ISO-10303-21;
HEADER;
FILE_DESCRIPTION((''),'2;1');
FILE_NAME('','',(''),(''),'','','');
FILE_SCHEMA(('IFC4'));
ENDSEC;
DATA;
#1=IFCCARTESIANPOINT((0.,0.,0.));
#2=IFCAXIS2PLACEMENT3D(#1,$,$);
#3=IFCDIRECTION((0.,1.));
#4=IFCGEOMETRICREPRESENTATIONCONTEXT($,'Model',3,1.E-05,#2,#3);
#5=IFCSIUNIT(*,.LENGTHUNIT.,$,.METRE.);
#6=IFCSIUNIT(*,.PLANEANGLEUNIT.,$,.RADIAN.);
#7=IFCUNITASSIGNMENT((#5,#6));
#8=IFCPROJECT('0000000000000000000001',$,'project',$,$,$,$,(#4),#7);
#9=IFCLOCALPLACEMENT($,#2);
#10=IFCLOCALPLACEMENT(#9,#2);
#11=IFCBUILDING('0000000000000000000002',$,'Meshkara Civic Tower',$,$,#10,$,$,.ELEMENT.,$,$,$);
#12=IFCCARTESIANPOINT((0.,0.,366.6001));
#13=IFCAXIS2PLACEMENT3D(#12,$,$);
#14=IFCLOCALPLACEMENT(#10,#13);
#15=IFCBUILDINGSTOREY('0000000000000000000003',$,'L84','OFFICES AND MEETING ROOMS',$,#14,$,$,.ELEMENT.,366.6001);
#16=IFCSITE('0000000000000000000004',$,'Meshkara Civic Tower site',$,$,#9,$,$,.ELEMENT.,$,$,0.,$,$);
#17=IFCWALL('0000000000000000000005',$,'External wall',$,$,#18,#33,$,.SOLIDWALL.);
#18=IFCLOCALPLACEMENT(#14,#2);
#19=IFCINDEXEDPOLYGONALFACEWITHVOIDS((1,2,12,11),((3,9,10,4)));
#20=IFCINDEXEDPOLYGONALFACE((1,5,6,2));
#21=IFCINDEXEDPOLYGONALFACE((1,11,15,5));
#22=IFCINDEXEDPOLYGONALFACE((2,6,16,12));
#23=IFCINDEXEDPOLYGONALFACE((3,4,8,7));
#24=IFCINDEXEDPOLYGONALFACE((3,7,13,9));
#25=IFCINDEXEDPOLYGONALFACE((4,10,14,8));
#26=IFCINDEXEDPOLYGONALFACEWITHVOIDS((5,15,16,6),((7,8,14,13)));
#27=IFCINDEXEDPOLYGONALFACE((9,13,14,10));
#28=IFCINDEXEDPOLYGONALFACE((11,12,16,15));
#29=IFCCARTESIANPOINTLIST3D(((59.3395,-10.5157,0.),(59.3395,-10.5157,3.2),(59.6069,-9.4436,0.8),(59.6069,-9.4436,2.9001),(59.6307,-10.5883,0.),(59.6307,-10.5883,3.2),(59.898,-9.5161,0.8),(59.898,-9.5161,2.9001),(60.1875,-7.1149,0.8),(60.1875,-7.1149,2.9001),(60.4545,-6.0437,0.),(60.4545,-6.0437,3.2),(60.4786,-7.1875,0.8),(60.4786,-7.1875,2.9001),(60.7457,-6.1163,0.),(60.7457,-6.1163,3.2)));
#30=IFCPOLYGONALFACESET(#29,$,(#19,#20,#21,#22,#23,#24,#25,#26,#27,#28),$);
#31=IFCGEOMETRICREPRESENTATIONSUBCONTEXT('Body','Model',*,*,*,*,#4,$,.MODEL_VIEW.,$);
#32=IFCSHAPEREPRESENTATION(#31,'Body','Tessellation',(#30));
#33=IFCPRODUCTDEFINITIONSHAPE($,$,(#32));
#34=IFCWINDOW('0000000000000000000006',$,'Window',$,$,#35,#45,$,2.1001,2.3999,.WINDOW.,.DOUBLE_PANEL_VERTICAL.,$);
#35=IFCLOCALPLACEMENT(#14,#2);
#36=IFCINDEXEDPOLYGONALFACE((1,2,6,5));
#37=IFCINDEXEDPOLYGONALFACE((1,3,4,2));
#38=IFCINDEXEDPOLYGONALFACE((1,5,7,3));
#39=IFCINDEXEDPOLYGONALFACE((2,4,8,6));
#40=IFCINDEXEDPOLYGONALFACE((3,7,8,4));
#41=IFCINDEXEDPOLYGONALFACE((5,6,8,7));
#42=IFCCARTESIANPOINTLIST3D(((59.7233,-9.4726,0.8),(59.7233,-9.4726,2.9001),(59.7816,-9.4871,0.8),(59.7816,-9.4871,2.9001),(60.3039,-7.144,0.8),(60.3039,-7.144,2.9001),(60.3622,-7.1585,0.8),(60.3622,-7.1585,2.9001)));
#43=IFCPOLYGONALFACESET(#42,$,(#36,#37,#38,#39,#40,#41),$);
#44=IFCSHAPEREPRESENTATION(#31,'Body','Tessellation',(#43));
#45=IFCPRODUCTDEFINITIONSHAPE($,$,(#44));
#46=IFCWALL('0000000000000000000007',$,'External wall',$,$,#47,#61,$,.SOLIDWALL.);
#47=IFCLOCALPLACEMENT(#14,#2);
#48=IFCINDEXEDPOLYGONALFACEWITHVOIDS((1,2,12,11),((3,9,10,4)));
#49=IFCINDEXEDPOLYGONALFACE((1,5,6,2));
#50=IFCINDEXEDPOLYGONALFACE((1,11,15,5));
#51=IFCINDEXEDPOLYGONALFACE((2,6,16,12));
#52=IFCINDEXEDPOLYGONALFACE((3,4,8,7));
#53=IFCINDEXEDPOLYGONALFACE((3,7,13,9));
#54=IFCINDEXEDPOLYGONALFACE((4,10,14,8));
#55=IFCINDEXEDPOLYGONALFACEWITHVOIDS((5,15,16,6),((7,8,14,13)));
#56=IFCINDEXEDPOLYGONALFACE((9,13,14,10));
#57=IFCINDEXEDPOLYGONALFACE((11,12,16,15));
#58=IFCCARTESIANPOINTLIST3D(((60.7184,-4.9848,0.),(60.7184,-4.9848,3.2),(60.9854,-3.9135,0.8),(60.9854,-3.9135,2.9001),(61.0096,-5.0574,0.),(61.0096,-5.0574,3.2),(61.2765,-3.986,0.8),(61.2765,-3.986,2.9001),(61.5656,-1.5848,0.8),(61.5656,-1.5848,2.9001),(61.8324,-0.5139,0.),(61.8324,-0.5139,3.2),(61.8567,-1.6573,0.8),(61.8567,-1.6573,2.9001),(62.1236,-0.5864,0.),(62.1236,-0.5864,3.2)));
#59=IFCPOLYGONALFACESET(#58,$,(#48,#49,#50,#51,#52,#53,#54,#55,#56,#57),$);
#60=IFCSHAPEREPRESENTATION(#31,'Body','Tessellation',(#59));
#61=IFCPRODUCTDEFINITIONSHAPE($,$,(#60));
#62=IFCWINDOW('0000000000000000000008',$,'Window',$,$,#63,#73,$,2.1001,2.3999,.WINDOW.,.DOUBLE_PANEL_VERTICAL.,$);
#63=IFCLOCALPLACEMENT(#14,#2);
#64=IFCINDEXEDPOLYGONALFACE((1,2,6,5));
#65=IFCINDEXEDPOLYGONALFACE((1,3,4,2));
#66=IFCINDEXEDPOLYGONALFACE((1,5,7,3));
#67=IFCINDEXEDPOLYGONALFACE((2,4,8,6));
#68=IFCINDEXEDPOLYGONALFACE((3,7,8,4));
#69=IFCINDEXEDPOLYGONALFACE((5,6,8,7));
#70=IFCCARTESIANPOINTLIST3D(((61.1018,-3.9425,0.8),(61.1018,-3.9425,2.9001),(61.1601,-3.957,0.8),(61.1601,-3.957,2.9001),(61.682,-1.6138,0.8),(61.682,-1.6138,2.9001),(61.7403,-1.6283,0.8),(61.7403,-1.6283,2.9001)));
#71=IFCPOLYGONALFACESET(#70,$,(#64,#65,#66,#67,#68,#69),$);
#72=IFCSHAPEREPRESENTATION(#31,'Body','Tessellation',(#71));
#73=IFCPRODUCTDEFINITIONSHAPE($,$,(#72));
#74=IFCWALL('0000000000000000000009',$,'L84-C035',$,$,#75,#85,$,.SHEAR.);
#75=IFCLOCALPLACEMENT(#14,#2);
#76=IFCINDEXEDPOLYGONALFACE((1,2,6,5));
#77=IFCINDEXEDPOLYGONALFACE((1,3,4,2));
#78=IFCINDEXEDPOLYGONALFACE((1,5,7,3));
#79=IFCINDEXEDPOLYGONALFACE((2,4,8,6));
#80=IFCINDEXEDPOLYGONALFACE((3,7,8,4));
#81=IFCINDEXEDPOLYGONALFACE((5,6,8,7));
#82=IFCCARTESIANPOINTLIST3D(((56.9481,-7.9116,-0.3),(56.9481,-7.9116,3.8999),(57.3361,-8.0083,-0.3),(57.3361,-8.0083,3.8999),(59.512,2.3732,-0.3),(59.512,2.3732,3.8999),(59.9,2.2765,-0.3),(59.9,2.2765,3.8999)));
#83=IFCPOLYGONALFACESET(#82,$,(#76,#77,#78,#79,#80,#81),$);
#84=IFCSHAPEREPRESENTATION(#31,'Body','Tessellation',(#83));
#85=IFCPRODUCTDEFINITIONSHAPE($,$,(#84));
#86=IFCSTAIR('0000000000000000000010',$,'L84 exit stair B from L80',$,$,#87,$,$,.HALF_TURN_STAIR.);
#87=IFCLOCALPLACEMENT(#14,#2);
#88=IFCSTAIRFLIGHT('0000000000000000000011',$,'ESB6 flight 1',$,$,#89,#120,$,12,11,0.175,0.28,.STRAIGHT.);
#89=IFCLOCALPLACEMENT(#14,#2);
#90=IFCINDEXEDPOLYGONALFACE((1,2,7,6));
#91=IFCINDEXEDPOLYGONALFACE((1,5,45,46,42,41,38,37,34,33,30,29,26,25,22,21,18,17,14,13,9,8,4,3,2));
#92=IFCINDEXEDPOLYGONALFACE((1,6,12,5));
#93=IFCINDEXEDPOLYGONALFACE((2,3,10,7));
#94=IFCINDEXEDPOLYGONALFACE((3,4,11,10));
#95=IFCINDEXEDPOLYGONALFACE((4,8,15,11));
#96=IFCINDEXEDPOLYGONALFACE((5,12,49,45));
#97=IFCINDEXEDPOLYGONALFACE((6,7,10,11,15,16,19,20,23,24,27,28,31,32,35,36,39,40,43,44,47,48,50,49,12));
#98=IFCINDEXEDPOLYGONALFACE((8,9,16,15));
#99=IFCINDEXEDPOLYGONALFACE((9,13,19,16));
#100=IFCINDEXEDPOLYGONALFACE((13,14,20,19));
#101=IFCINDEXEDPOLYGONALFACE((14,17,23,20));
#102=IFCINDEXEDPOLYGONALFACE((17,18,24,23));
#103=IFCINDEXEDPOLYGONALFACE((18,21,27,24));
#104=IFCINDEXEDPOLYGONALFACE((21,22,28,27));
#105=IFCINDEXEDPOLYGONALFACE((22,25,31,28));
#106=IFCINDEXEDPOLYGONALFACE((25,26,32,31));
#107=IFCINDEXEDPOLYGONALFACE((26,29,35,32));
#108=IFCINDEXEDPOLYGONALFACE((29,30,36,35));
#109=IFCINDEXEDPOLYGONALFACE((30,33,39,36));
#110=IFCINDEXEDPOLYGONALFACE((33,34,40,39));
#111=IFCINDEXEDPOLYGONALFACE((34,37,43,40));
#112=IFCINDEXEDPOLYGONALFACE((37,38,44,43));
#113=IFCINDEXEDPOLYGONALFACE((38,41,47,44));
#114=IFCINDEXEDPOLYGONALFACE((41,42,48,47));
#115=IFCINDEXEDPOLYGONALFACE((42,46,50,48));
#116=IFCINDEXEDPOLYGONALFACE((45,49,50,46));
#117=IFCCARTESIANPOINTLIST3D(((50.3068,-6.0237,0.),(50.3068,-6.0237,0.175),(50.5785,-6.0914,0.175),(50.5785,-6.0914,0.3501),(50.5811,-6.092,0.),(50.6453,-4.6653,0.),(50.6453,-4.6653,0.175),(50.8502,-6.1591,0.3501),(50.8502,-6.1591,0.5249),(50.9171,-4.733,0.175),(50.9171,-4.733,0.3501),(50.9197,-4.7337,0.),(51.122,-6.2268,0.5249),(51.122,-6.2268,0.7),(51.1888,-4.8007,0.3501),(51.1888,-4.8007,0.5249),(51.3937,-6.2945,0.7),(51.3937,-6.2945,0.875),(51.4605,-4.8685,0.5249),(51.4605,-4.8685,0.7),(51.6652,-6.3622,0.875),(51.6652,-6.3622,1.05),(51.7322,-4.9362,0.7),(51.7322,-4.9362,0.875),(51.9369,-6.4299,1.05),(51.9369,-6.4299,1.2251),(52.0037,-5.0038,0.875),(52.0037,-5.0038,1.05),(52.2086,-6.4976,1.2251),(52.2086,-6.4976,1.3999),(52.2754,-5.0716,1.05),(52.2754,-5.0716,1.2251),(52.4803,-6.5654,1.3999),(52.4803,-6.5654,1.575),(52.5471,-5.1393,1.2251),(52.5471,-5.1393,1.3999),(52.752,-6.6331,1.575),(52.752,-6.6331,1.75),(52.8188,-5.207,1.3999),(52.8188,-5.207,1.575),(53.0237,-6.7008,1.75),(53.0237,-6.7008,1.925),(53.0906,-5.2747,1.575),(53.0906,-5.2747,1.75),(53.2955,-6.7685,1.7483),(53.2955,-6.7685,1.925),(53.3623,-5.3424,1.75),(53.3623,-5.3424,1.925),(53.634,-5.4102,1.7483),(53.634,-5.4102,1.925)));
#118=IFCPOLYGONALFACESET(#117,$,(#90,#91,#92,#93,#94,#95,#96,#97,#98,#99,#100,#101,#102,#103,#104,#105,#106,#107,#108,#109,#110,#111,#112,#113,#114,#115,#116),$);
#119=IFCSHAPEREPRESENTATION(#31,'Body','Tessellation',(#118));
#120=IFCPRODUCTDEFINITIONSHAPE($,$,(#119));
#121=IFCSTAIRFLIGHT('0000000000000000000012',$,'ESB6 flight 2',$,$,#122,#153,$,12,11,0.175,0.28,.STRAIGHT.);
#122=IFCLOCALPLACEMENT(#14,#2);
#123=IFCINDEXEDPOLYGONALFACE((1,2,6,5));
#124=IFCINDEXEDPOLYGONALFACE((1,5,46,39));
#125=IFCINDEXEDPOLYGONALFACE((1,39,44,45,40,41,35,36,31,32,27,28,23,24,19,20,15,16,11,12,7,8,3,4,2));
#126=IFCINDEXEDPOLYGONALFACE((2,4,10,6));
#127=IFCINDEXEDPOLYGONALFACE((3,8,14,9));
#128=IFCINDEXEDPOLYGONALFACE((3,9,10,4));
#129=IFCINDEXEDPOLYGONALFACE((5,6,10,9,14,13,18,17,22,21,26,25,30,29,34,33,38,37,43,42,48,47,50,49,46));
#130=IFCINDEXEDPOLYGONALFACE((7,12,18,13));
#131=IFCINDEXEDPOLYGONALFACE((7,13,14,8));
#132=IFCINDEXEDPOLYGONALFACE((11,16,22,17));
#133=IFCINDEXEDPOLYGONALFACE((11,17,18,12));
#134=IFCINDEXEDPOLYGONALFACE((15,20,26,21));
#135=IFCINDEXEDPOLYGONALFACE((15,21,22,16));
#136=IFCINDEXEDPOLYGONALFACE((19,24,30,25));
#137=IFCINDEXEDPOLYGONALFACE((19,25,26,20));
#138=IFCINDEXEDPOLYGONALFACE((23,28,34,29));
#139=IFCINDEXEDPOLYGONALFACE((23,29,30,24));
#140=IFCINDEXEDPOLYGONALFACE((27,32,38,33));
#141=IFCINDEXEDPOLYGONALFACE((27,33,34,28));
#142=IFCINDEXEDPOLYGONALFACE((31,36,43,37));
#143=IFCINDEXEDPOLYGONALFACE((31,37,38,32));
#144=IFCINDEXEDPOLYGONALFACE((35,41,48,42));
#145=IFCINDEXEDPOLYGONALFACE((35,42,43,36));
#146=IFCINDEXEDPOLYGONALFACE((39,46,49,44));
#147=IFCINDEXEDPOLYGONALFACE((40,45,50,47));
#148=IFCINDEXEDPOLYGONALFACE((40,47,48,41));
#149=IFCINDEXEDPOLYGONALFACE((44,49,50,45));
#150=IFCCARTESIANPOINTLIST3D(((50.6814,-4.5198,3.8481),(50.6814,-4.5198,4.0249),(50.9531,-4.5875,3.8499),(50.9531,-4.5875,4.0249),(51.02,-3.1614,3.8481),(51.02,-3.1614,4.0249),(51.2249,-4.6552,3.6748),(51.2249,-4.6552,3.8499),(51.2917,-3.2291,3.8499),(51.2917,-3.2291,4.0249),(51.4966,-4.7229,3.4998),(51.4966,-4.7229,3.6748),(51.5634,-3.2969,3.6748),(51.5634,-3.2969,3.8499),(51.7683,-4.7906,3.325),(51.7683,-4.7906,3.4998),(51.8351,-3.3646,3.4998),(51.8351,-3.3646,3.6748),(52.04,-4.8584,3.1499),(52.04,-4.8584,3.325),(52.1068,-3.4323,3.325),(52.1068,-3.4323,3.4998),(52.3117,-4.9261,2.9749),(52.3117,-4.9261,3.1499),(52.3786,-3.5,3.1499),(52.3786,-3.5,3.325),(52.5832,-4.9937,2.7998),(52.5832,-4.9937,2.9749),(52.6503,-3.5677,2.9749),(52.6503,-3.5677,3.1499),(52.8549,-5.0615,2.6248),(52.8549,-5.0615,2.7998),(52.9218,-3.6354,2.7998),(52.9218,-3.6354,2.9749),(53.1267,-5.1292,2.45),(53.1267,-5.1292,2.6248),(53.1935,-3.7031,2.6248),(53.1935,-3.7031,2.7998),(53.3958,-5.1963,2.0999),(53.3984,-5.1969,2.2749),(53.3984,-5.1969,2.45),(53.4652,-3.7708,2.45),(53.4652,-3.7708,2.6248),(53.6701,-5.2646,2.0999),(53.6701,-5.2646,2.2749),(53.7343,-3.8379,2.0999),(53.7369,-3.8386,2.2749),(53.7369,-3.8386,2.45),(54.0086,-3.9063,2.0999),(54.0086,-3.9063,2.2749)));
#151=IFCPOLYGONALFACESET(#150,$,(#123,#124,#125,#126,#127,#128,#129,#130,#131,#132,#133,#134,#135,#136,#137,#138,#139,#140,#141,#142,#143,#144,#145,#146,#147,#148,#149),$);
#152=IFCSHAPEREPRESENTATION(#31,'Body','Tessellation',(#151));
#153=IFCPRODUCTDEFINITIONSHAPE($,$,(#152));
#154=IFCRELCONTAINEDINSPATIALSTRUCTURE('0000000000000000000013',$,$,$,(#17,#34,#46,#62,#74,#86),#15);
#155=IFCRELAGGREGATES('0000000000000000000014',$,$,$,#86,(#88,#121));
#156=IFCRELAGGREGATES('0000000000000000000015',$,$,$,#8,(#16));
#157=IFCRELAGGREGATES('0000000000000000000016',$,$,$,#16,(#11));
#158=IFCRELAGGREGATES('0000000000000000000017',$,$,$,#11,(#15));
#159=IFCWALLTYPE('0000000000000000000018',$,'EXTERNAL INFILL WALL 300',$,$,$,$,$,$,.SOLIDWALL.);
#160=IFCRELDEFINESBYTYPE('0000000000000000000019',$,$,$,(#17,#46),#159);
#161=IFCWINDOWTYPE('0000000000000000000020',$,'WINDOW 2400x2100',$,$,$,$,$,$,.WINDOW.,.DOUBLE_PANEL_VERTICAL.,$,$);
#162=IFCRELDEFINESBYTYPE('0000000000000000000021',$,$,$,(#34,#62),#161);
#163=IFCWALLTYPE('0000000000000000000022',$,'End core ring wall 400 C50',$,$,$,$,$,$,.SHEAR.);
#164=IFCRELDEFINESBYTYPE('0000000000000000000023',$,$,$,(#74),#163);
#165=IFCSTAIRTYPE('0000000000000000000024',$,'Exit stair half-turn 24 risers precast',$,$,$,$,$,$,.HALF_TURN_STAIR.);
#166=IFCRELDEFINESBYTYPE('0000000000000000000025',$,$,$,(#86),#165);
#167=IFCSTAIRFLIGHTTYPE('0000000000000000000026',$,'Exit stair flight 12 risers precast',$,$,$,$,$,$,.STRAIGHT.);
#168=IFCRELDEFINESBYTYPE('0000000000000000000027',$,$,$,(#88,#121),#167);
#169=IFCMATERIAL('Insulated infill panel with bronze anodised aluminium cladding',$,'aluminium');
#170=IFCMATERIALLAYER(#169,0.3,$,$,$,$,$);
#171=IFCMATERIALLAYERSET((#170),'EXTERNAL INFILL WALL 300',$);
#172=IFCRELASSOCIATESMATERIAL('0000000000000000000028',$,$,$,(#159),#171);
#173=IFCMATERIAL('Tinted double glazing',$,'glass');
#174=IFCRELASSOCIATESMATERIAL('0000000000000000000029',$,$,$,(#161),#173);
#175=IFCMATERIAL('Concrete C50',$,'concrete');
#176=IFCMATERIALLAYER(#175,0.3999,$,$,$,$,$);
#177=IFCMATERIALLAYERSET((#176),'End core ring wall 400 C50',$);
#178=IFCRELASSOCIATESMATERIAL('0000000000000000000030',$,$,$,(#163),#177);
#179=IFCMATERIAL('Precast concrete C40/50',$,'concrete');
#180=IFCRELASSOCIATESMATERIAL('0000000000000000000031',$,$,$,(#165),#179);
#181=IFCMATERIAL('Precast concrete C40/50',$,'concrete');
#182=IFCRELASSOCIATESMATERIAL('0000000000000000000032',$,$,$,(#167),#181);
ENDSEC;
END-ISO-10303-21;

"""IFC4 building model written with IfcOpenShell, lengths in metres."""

from ifc_helpers import new_model, si_unit, direction, frame, frame_2d, origin, place, context, subcontext, project, spatial, polyline, rectangle, outline, extrude, material, layer, layer_set, type_object, element, fill, aggregate, save


model = new_model("IFC4")

# Units and contexts
model_context = context("Model", 3, precision=1e-05, world=origin(), true_north=direction((0.0, 1.0)))
body_context = subcontext(model_context, "Body", "Model", "MODEL_VIEW")
ifc_project = project(units=[si_unit("LENGTHUNIT", "METRE"), si_unit("PLANEANGLEUNIT", "RADIAN")], contexts=[model_context])

# Site, building, storey
site_placement = place(None, origin())
site = spatial("IfcSite", under=ifc_project, at=site_placement, Name="Meshkara Civic Tower site", CompositionType="ELEMENT", RefElevation=0.0)
building_placement = place(site_placement, origin())
building = spatial("IfcBuilding", under=site, at=building_placement, Name="Meshkara Civic Tower", CompositionType="ELEMENT")
storey_placement = place(building_placement, frame((0.0, 0.0, 366.6001)))
storey = spatial("IfcBuildingStorey", under=building, at=storey_placement, Name="L84", Description="OFFICES AND MEETING ROOMS", CompositionType="ELEMENT", Elevation=366.6001)

# Walls, openings, windows
ifc_material_1 = material(Name="Insulated infill panel with bronze anodised aluminium cladding", Category="aluminium")
ifc_layer_1 = layer(ifc_material_1, 0.3)
ifc_layer_set_1 = layer_set([ifc_layer_1], Name="EXTERNAL INFILL WALL 300")
wall_type_1 = type_object("IfcWallType", Name="EXTERNAL INFILL WALL 300", PredefinedType="SOLIDWALL", material=ifc_layer_set_1)
ifc_material_2 = material(Name="Tinted double glazing", Category="glass")
window_type = type_object("IfcWindowType", Name="WINDOW 2400x2100", PartitioningType="DOUBLE_PANEL_VERTICAL", PredefinedType="WINDOW", material=ifc_material_2)
wall_1_placement = place(storey_placement, frame((59.4851, -10.552, 0.0), z_axis=(0.0, 0.0, 1.0), x_axis=(0.241925, 0.970295, 0.0)))
wall_1 = element("IfcWall", 1, at=wall_1_placement, inside=storey, type_object=wall_type_1, Name="External wall", PredefinedType="SOLIDWALL", context=body_context, shape_type="SweptSolid", body=[
    extrude(rectangle(XDim=4.6089, YDim=0.3, at=frame_2d((2.3044, 0.0))), origin(), (0.0, 0.0, 1.0), 3.2),
])
opening_1_placement = place(wall_1_placement, frame((1.105, 0.0, 0.8)))
opening_1 = element("IfcOpeningElement", 2, at=opening_1_placement, cuts=wall_1, PredefinedType="OPENING", context=body_context, shape_type="SweptSolid", body=[
    extrude(rectangle(XDim=2.3999, YDim=2.1001, at=frame_2d((1.2, 1.05))), frame((0.0, 0.1599, 0.0), z_axis=(0.0, -1.0, 0.0), x_axis=(1.0, 0.0, 0.0)), (0.0, 0.0, 1.0), 0.3201),
])
window_1_placement = place(opening_1_placement, origin())
window_1 = element("IfcWindow", 3, at=window_1_placement, inside=storey, type_object=window_type, Name="Window", OverallHeight=2.1001, OverallWidth=2.3999, PartitioningType="DOUBLE_PANEL_VERTICAL", PredefinedType="WINDOW", context=body_context, shape_type="SweptSolid", body=[
    extrude(rectangle(XDim=2.3999, YDim=2.1001, at=frame_2d((1.2, 1.05))), frame((0.0, 0.03, 0.0), z_axis=(0.0, -1.0, 0.0), x_axis=(1.0, 0.0, 0.0)), (0.0, 0.0, 1.0), 0.0601),
])
fill(opening_1, window_1)
wall_2_placement = place(storey_placement, frame((60.864, -5.021, 0.0), z_axis=(0.0, 0.0, 1.0), x_axis=(0.241775, 0.970332, 0.0)))
wall_2 = element("IfcWall", 4, at=wall_2_placement, inside=storey, type_object=wall_type_1, Name="External wall", PredefinedType="SOLIDWALL", context=body_context, shape_type="SweptSolid", body=[
    extrude(rectangle(XDim=4.6077, YDim=0.3, at=frame_2d((2.3037, 0.0))), origin(), (0.0, 0.0, 1.0), 3.2),
])
opening_2_placement = place(wall_2_placement, frame((1.104, 0.0, 0.8)))
opening_2 = element("IfcOpeningElement", 5, at=opening_2_placement, cuts=wall_2, PredefinedType="OPENING", context=body_context, shape_type="SweptSolid", body=[
    extrude(rectangle(XDim=2.3999, YDim=2.1001, at=frame_2d((1.2, 1.05))), frame((0.0, 0.1599, 0.0), z_axis=(0.0, -1.0, 0.0), x_axis=(1.0, 0.0, 0.0)), (0.0, 0.0, 1.0), 0.3201),
])
window_2_placement = place(opening_2_placement, origin())
window_2 = element("IfcWindow", 6, at=window_2_placement, inside=storey, type_object=window_type, Name="Window", OverallHeight=2.1001, OverallWidth=2.3999, PartitioningType="DOUBLE_PANEL_VERTICAL", PredefinedType="WINDOW", context=body_context, shape_type="SweptSolid", body=[
    extrude(rectangle(XDim=2.3999, YDim=2.1001, at=frame_2d((1.2, 1.05))), frame((0.0, 0.03, 0.0), z_axis=(0.0, -1.0, 0.0), x_axis=(1.0, 0.0, 0.0)), (0.0, 0.0, 1.0), 0.0601),
])
fill(opening_2, window_2)

# Wall
ifc_material_3 = material(Name="Concrete C50", Category="concrete")
ifc_layer_2 = layer(ifc_material_3, 0.3999)
ifc_layer_set_2 = layer_set([ifc_layer_2], Name="End core ring wall 400 C50")
wall_type_2 = type_object("IfcWallType", Name="End core ring wall 400 C50", PredefinedType="SHEAR", material=ifc_layer_set_2)
wall_3_placement = place(storey_placement, frame((57.1421, -7.96, -0.3), z_axis=(0.0, 0.0, 1.0), x_axis=(0.241891, 0.970304, 0.0)))
element("IfcWall", 7, at=wall_3_placement, inside=storey, type_object=wall_type_2, Name="L84-C035", PredefinedType="SHEAR", context=body_context, shape_type="SweptSolid", body=[
    extrude(rectangle(XDim=10.5996, YDim=0.3999, at=frame_2d((5.2998, 0.0))), origin(), (0.0, 0.0, 1.0), 4.2),
])

# Stair, stair flights
ifc_material_4 = material(Name="Precast concrete C40/50", Category="concrete")
stair_type = type_object("IfcStairType", Name="Exit stair half-turn 24 risers precast", PredefinedType="HALF_TURN_STAIR", material=ifc_material_4)
stair_placement = place(storey_placement, origin())
stair = element("IfcStair", 8, at=stair_placement, inside=storey, type_object=stair_type, Name="L84 exit stair B from L80", PredefinedType="HALF_TURN_STAIR")
ifc_material_5 = material(Name="Precast concrete C40/50", Category="concrete")
stair_flight_type = type_object("IfcStairFlightType", Name="Exit stair flight 12 risers precast", PredefinedType="STRAIGHT", material=ifc_material_5)
stair_flight_1_placement = place(storey_placement, frame((50.4761, -5.3445, 0.0), z_axis=(0.0, 0.0, 1.0), x_axis=(0.970319, -0.24183, 0.0)))
stair_flight_1 = element("IfcStairFlight", 9, at=stair_flight_1_placement, type_object=stair_flight_type, Name="ESB6 flight 1", NumberOfRisers=12, NumberOfTreads=11, PredefinedType="STRAIGHT", RiserHeight=0.175, TreadLength=0.28, context=body_context, shape_type="SweptSolid", body=[
    extrude(outline(polyline([(0.0, 0.0), (0.0, 0.175), (0.28, 0.175), (0.28, 0.3501), (0.5601, 0.3501), (0.5601, 0.5249), (0.8401, 0.5249), (0.8401, 0.7), (1.1201, 0.7), (1.1201, 0.875), (1.3999, 0.875), (1.3999, 1.05), (1.6799, 1.05), (1.6799, 1.2251), (1.96, 1.2251), (1.96, 1.3999), (2.24, 1.3999), (2.24, 1.575), (2.52, 1.575), (2.52, 1.75), (2.8, 1.75), (2.8, 1.925), (3.0801, 1.925), (3.0801, 2.1001), (3.0801, 1.7483), (0.2827, 0.0), (0.0, 0.0)])), frame((0.0, 0.7, 0.0), z_axis=(0.0, -1.0, 0.0), x_axis=(1.0, 0.0, 0.0)), (0.0, 0.0, 1.0), 1.3999),
])
stair_flight_2_placement = place(storey_placement, frame((53.8394, -4.5854, 2.0999), z_axis=(0.0, 0.0, 1.0), x_axis=(-0.970319, 0.24183, 0.0)))
stair_flight_2 = element("IfcStairFlight", 10, at=stair_flight_2_placement, type_object=stair_flight_type, Name="ESB6 flight 2", NumberOfRisers=12, NumberOfTreads=11, PredefinedType="STRAIGHT", RiserHeight=0.175, TreadLength=0.28, context=body_context, shape_type="SweptSolid", body=[
    extrude(outline(polyline([(0.0, 0.0), (0.0, 0.175), (0.28, 0.175), (0.28, 0.3501), (0.5601, 0.3501), (0.5601, 0.5249), (0.8401, 0.5249), (0.8401, 0.7), (1.1201, 0.7), (1.1201, 0.875), (1.3999, 0.875), (1.3999, 1.05), (1.6799, 1.05), (1.6799, 1.2251), (1.96, 1.2251), (1.96, 1.3999), (2.24, 1.3999), (2.24, 1.575), (2.52, 1.575), (2.52, 1.75), (2.8, 1.75), (2.8, 1.925), (3.0801, 1.925), (3.0801, 2.1001), (3.0801, 1.7483), (0.2827, 0.0), (0.0, 0.0)])), frame((0.0, 0.7, 0.0), z_axis=(0.0, -1.0, 0.0), x_axis=(1.0, 0.0, 0.0)), (0.0, 0.0, 1.0), 1.3999),
])
aggregate(stair, [stair_flight_1, stair_flight_2])

save(model, "model.ifc")
